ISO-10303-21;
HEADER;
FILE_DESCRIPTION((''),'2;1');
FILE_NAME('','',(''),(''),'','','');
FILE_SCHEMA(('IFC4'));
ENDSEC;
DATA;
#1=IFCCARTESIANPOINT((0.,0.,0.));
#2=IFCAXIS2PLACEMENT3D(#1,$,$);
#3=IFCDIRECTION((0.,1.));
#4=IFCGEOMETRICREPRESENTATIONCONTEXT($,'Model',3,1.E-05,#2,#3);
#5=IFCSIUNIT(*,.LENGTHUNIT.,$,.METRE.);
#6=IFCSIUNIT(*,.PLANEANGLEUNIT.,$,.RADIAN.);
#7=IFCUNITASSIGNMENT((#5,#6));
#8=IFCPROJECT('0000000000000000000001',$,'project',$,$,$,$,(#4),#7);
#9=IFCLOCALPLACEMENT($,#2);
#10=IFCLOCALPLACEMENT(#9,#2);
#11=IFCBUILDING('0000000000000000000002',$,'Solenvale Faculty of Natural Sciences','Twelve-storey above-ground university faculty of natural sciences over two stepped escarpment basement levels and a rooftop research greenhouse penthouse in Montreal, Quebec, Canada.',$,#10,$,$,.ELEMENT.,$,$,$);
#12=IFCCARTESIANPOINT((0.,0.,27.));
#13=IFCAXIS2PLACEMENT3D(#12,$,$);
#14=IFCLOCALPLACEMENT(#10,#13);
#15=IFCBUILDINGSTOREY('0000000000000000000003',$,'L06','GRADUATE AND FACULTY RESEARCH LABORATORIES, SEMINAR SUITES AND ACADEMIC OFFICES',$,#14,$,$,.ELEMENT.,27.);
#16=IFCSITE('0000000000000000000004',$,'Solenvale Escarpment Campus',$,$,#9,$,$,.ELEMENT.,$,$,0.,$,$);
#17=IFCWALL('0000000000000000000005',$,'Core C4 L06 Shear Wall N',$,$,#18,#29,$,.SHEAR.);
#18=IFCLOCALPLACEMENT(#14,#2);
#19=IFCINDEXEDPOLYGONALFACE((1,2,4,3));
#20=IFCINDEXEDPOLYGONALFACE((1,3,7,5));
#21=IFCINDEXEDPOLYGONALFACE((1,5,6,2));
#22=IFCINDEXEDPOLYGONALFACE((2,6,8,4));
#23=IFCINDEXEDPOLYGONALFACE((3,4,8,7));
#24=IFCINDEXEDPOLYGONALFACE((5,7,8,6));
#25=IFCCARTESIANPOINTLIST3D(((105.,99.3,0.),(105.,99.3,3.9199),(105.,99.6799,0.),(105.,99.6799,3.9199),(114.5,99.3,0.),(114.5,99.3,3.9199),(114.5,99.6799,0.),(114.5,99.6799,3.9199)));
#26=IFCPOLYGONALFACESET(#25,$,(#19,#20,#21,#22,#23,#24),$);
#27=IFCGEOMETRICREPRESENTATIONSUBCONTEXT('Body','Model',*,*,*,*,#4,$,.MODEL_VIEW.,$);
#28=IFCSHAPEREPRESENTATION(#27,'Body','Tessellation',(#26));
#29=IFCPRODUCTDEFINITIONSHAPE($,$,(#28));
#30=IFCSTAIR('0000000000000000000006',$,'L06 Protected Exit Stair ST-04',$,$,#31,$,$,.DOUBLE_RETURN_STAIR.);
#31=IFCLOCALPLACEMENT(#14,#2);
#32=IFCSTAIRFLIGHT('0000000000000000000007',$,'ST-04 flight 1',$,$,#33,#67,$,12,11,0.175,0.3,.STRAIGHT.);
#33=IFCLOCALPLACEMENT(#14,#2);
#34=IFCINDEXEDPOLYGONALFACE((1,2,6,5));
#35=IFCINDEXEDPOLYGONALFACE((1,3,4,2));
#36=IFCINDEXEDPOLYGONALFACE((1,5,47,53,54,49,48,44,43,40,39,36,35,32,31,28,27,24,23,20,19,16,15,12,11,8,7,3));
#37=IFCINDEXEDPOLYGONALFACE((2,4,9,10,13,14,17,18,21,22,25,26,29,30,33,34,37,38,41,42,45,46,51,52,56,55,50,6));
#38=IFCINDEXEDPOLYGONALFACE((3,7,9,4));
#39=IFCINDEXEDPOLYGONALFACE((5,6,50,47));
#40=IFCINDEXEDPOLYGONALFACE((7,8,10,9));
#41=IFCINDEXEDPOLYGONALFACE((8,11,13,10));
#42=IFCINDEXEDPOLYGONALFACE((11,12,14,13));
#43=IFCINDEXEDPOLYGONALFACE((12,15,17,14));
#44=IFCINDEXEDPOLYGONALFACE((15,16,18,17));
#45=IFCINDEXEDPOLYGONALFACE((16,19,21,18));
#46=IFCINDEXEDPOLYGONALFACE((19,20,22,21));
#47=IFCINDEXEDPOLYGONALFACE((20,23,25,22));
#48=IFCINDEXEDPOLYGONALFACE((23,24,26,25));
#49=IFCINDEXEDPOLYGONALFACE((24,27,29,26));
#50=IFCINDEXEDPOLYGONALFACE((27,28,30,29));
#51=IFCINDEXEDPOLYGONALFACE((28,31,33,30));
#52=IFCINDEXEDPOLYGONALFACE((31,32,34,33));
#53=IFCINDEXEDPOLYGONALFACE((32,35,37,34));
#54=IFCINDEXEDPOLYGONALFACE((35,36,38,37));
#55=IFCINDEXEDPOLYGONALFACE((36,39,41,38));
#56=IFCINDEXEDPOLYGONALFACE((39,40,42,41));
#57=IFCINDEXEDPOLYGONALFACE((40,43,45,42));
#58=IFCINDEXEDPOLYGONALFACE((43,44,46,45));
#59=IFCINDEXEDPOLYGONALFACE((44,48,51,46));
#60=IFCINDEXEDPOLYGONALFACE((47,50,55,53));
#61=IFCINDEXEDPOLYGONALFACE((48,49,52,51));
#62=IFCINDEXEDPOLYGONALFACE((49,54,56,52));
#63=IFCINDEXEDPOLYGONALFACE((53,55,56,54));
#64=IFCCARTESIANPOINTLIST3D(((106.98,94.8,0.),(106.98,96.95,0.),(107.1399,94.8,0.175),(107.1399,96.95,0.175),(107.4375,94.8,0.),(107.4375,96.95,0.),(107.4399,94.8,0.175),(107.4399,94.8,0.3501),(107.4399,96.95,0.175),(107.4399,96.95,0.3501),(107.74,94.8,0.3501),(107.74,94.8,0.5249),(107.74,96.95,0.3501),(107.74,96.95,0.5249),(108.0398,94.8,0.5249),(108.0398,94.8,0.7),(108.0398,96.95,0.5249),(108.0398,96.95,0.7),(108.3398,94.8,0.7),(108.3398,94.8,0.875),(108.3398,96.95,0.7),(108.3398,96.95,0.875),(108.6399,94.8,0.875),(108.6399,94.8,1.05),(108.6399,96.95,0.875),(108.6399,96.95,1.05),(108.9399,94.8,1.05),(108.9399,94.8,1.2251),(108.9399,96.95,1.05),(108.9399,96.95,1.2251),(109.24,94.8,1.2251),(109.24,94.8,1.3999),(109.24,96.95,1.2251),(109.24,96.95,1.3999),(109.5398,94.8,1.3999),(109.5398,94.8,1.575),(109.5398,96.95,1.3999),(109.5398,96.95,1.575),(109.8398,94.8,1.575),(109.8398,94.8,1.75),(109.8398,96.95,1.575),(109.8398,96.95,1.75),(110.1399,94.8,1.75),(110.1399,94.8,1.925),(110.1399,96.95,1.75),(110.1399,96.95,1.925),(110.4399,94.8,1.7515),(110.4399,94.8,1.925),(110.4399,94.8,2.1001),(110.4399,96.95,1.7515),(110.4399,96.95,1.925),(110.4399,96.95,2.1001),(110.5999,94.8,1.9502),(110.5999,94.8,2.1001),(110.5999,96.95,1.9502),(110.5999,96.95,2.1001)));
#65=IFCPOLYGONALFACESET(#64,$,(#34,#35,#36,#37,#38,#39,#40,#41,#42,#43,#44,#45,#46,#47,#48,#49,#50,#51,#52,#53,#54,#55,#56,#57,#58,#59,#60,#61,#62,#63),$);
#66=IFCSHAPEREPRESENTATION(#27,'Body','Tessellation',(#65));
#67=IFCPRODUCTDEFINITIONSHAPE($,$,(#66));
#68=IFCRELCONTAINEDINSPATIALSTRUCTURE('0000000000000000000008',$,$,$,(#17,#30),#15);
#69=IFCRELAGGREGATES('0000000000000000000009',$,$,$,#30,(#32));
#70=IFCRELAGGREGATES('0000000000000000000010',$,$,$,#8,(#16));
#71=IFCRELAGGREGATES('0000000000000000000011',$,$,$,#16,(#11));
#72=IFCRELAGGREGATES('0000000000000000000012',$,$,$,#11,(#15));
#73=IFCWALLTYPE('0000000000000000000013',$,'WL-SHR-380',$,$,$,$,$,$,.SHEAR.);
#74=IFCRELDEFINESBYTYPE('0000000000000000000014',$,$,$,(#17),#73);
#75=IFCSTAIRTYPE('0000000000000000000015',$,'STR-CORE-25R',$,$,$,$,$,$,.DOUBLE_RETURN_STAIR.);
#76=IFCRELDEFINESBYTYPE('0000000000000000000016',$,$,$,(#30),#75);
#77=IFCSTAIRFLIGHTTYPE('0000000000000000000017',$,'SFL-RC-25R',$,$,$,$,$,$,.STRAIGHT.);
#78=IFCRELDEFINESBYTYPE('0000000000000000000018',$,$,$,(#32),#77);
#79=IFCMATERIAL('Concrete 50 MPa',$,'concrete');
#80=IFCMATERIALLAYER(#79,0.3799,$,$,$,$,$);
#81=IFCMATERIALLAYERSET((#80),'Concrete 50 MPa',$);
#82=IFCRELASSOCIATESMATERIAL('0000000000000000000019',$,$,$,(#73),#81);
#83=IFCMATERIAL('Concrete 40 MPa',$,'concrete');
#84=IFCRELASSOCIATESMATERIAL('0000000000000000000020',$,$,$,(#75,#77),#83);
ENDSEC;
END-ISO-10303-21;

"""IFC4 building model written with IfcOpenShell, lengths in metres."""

from ifc_helpers import new_model, si_unit, direction, frame, frame_2d, origin, place, context, subcontext, project, spatial, polyline, rectangle, outline, extrude, material, layer, layer_set, type_object, element, aggregate, save


model = new_model("IFC4")

# Units and contexts
model_context = context("Model", 3, precision=1e-05, world=origin(), true_north=direction((0.0, 1.0)))
body_context = subcontext(model_context, "Body", "Model", "MODEL_VIEW")
ifc_project = project(units=[si_unit("LENGTHUNIT", "METRE"), si_unit("PLANEANGLEUNIT", "RADIAN")], contexts=[model_context])

# Site, building, storey
site_placement = place(None, origin())
site = spatial("IfcSite", under=ifc_project, at=site_placement, Name="Solenvale Escarpment Campus", CompositionType="ELEMENT", RefElevation=0.0)
building_placement = place(site_placement, origin())
building = spatial("IfcBuilding", under=site, at=building_placement, Name="Solenvale Faculty of Natural Sciences", Description="Twelve-storey above-ground university faculty of natural sciences over two stepped escarpment basement levels and a rooftop research greenhouse penthouse in Montreal, Quebec, Canada.", CompositionType="ELEMENT")
storey_placement = place(building_placement, frame((0.0, 0.0, 27.0)))
storey = spatial("IfcBuildingStorey", under=building, at=storey_placement, Name="L06", Description="GRADUATE AND FACULTY RESEARCH LABORATORIES, SEMINAR SUITES AND ACADEMIC OFFICES", CompositionType="ELEMENT", Elevation=27.0)

# Shared definitions
ifc_material_1 = material(Name="Concrete 40 MPa", Category="concrete")

# Wall
ifc_material_2 = material(Name="Concrete 50 MPa", Category="concrete")
ifc_layer_1 = layer(ifc_material_2, 0.3799)
ifc_layer_set_1 = layer_set([ifc_layer_1], Name="Concrete 50 MPa")
wall_type_1 = type_object("IfcWallType", Name="WL-SHR-380", PredefinedType="SHEAR", material=ifc_layer_set_1)
for number, where, z_axis, x_axis, name in (
    (1, (105.0, 99.49, 0.0), (0.0, 0.0, 1.0), (1.0, 0.0, 0.0), "Core C4 L06 Shear Wall N"),
):
    element("IfcWall", number, at=place(storey_placement, frame(where, z_axis=z_axis, x_axis=x_axis)), inside=storey, type_object=wall_type_1, Name=name, PredefinedType="SHEAR", context=body_context, shape_type="SweptSolid", body=[
        extrude(rectangle(XDim=9.5, YDim=0.3799, at=frame_2d((4.75, 0.0))), origin(), (0.0, 0.0, 1.0), 3.9199),
    ])

# Stair, stair flight
stair_type = type_object("IfcStairType", Name="STR-CORE-25R", PredefinedType="DOUBLE_RETURN_STAIR", material=ifc_material_1)
stair_placement = place(storey_placement, origin())
stair = element("IfcStair", 2, at=stair_placement, inside=storey, type_object=stair_type, Name="L06 Protected Exit Stair ST-04", PredefinedType="DOUBLE_RETURN_STAIR")
stair_flight_type = type_object("IfcStairFlightType", Name="SFL-RC-25R", PredefinedType="STRAIGHT", material=ifc_material_1)
stair_flight_placement = place(storey_placement, frame((107.1399, 95.875, 0.0), z_axis=(0.0, 0.0, 1.0), x_axis=(1.0, 0.0, 0.0)))
stair_flight = element("IfcStairFlight", 3, at=stair_flight_placement, type_object=stair_flight_type, Name="ST-04 flight 1", NumberOfRisers=12, NumberOfTreads=11, PredefinedType="STRAIGHT", RiserHeight=0.175, TreadLength=0.3, context=body_context, shape_type="SweptSolid", body=[
    extrude(outline(polyline([(-0.1599, 0.0), (0.0, 0.175), (0.3, 0.175), (0.3, 0.3501), (0.6001, 0.3501), (0.6001, 0.5249), (0.8999, 0.5249), (0.8999, 0.7), (1.2, 0.7), (1.2, 0.875), (1.5, 0.875), (1.5, 1.05), (1.8, 1.05), (1.8, 1.2251), (2.1001, 1.2251), (2.1001, 1.3999), (2.3999, 1.3999), (2.3999, 1.575), (2.7, 1.575), (2.7, 1.75), (3.0, 1.75), (3.0, 1.925), (3.3, 1.925), (3.3, 2.1001), (3.46, 2.1001), (3.46, 1.9502), (3.3, 1.7515), (0.2976, 0.0), (-0.1599, 0.0)])), frame((0.0, 1.075, 0.0), z_axis=(0.0, -1.0, 0.0), x_axis=(1.0, 0.0, 0.0)), (0.0, 0.0, 1.0), 2.1499),
])
aggregate(stair, [stair_flight])

save(model, "model.ifc")
